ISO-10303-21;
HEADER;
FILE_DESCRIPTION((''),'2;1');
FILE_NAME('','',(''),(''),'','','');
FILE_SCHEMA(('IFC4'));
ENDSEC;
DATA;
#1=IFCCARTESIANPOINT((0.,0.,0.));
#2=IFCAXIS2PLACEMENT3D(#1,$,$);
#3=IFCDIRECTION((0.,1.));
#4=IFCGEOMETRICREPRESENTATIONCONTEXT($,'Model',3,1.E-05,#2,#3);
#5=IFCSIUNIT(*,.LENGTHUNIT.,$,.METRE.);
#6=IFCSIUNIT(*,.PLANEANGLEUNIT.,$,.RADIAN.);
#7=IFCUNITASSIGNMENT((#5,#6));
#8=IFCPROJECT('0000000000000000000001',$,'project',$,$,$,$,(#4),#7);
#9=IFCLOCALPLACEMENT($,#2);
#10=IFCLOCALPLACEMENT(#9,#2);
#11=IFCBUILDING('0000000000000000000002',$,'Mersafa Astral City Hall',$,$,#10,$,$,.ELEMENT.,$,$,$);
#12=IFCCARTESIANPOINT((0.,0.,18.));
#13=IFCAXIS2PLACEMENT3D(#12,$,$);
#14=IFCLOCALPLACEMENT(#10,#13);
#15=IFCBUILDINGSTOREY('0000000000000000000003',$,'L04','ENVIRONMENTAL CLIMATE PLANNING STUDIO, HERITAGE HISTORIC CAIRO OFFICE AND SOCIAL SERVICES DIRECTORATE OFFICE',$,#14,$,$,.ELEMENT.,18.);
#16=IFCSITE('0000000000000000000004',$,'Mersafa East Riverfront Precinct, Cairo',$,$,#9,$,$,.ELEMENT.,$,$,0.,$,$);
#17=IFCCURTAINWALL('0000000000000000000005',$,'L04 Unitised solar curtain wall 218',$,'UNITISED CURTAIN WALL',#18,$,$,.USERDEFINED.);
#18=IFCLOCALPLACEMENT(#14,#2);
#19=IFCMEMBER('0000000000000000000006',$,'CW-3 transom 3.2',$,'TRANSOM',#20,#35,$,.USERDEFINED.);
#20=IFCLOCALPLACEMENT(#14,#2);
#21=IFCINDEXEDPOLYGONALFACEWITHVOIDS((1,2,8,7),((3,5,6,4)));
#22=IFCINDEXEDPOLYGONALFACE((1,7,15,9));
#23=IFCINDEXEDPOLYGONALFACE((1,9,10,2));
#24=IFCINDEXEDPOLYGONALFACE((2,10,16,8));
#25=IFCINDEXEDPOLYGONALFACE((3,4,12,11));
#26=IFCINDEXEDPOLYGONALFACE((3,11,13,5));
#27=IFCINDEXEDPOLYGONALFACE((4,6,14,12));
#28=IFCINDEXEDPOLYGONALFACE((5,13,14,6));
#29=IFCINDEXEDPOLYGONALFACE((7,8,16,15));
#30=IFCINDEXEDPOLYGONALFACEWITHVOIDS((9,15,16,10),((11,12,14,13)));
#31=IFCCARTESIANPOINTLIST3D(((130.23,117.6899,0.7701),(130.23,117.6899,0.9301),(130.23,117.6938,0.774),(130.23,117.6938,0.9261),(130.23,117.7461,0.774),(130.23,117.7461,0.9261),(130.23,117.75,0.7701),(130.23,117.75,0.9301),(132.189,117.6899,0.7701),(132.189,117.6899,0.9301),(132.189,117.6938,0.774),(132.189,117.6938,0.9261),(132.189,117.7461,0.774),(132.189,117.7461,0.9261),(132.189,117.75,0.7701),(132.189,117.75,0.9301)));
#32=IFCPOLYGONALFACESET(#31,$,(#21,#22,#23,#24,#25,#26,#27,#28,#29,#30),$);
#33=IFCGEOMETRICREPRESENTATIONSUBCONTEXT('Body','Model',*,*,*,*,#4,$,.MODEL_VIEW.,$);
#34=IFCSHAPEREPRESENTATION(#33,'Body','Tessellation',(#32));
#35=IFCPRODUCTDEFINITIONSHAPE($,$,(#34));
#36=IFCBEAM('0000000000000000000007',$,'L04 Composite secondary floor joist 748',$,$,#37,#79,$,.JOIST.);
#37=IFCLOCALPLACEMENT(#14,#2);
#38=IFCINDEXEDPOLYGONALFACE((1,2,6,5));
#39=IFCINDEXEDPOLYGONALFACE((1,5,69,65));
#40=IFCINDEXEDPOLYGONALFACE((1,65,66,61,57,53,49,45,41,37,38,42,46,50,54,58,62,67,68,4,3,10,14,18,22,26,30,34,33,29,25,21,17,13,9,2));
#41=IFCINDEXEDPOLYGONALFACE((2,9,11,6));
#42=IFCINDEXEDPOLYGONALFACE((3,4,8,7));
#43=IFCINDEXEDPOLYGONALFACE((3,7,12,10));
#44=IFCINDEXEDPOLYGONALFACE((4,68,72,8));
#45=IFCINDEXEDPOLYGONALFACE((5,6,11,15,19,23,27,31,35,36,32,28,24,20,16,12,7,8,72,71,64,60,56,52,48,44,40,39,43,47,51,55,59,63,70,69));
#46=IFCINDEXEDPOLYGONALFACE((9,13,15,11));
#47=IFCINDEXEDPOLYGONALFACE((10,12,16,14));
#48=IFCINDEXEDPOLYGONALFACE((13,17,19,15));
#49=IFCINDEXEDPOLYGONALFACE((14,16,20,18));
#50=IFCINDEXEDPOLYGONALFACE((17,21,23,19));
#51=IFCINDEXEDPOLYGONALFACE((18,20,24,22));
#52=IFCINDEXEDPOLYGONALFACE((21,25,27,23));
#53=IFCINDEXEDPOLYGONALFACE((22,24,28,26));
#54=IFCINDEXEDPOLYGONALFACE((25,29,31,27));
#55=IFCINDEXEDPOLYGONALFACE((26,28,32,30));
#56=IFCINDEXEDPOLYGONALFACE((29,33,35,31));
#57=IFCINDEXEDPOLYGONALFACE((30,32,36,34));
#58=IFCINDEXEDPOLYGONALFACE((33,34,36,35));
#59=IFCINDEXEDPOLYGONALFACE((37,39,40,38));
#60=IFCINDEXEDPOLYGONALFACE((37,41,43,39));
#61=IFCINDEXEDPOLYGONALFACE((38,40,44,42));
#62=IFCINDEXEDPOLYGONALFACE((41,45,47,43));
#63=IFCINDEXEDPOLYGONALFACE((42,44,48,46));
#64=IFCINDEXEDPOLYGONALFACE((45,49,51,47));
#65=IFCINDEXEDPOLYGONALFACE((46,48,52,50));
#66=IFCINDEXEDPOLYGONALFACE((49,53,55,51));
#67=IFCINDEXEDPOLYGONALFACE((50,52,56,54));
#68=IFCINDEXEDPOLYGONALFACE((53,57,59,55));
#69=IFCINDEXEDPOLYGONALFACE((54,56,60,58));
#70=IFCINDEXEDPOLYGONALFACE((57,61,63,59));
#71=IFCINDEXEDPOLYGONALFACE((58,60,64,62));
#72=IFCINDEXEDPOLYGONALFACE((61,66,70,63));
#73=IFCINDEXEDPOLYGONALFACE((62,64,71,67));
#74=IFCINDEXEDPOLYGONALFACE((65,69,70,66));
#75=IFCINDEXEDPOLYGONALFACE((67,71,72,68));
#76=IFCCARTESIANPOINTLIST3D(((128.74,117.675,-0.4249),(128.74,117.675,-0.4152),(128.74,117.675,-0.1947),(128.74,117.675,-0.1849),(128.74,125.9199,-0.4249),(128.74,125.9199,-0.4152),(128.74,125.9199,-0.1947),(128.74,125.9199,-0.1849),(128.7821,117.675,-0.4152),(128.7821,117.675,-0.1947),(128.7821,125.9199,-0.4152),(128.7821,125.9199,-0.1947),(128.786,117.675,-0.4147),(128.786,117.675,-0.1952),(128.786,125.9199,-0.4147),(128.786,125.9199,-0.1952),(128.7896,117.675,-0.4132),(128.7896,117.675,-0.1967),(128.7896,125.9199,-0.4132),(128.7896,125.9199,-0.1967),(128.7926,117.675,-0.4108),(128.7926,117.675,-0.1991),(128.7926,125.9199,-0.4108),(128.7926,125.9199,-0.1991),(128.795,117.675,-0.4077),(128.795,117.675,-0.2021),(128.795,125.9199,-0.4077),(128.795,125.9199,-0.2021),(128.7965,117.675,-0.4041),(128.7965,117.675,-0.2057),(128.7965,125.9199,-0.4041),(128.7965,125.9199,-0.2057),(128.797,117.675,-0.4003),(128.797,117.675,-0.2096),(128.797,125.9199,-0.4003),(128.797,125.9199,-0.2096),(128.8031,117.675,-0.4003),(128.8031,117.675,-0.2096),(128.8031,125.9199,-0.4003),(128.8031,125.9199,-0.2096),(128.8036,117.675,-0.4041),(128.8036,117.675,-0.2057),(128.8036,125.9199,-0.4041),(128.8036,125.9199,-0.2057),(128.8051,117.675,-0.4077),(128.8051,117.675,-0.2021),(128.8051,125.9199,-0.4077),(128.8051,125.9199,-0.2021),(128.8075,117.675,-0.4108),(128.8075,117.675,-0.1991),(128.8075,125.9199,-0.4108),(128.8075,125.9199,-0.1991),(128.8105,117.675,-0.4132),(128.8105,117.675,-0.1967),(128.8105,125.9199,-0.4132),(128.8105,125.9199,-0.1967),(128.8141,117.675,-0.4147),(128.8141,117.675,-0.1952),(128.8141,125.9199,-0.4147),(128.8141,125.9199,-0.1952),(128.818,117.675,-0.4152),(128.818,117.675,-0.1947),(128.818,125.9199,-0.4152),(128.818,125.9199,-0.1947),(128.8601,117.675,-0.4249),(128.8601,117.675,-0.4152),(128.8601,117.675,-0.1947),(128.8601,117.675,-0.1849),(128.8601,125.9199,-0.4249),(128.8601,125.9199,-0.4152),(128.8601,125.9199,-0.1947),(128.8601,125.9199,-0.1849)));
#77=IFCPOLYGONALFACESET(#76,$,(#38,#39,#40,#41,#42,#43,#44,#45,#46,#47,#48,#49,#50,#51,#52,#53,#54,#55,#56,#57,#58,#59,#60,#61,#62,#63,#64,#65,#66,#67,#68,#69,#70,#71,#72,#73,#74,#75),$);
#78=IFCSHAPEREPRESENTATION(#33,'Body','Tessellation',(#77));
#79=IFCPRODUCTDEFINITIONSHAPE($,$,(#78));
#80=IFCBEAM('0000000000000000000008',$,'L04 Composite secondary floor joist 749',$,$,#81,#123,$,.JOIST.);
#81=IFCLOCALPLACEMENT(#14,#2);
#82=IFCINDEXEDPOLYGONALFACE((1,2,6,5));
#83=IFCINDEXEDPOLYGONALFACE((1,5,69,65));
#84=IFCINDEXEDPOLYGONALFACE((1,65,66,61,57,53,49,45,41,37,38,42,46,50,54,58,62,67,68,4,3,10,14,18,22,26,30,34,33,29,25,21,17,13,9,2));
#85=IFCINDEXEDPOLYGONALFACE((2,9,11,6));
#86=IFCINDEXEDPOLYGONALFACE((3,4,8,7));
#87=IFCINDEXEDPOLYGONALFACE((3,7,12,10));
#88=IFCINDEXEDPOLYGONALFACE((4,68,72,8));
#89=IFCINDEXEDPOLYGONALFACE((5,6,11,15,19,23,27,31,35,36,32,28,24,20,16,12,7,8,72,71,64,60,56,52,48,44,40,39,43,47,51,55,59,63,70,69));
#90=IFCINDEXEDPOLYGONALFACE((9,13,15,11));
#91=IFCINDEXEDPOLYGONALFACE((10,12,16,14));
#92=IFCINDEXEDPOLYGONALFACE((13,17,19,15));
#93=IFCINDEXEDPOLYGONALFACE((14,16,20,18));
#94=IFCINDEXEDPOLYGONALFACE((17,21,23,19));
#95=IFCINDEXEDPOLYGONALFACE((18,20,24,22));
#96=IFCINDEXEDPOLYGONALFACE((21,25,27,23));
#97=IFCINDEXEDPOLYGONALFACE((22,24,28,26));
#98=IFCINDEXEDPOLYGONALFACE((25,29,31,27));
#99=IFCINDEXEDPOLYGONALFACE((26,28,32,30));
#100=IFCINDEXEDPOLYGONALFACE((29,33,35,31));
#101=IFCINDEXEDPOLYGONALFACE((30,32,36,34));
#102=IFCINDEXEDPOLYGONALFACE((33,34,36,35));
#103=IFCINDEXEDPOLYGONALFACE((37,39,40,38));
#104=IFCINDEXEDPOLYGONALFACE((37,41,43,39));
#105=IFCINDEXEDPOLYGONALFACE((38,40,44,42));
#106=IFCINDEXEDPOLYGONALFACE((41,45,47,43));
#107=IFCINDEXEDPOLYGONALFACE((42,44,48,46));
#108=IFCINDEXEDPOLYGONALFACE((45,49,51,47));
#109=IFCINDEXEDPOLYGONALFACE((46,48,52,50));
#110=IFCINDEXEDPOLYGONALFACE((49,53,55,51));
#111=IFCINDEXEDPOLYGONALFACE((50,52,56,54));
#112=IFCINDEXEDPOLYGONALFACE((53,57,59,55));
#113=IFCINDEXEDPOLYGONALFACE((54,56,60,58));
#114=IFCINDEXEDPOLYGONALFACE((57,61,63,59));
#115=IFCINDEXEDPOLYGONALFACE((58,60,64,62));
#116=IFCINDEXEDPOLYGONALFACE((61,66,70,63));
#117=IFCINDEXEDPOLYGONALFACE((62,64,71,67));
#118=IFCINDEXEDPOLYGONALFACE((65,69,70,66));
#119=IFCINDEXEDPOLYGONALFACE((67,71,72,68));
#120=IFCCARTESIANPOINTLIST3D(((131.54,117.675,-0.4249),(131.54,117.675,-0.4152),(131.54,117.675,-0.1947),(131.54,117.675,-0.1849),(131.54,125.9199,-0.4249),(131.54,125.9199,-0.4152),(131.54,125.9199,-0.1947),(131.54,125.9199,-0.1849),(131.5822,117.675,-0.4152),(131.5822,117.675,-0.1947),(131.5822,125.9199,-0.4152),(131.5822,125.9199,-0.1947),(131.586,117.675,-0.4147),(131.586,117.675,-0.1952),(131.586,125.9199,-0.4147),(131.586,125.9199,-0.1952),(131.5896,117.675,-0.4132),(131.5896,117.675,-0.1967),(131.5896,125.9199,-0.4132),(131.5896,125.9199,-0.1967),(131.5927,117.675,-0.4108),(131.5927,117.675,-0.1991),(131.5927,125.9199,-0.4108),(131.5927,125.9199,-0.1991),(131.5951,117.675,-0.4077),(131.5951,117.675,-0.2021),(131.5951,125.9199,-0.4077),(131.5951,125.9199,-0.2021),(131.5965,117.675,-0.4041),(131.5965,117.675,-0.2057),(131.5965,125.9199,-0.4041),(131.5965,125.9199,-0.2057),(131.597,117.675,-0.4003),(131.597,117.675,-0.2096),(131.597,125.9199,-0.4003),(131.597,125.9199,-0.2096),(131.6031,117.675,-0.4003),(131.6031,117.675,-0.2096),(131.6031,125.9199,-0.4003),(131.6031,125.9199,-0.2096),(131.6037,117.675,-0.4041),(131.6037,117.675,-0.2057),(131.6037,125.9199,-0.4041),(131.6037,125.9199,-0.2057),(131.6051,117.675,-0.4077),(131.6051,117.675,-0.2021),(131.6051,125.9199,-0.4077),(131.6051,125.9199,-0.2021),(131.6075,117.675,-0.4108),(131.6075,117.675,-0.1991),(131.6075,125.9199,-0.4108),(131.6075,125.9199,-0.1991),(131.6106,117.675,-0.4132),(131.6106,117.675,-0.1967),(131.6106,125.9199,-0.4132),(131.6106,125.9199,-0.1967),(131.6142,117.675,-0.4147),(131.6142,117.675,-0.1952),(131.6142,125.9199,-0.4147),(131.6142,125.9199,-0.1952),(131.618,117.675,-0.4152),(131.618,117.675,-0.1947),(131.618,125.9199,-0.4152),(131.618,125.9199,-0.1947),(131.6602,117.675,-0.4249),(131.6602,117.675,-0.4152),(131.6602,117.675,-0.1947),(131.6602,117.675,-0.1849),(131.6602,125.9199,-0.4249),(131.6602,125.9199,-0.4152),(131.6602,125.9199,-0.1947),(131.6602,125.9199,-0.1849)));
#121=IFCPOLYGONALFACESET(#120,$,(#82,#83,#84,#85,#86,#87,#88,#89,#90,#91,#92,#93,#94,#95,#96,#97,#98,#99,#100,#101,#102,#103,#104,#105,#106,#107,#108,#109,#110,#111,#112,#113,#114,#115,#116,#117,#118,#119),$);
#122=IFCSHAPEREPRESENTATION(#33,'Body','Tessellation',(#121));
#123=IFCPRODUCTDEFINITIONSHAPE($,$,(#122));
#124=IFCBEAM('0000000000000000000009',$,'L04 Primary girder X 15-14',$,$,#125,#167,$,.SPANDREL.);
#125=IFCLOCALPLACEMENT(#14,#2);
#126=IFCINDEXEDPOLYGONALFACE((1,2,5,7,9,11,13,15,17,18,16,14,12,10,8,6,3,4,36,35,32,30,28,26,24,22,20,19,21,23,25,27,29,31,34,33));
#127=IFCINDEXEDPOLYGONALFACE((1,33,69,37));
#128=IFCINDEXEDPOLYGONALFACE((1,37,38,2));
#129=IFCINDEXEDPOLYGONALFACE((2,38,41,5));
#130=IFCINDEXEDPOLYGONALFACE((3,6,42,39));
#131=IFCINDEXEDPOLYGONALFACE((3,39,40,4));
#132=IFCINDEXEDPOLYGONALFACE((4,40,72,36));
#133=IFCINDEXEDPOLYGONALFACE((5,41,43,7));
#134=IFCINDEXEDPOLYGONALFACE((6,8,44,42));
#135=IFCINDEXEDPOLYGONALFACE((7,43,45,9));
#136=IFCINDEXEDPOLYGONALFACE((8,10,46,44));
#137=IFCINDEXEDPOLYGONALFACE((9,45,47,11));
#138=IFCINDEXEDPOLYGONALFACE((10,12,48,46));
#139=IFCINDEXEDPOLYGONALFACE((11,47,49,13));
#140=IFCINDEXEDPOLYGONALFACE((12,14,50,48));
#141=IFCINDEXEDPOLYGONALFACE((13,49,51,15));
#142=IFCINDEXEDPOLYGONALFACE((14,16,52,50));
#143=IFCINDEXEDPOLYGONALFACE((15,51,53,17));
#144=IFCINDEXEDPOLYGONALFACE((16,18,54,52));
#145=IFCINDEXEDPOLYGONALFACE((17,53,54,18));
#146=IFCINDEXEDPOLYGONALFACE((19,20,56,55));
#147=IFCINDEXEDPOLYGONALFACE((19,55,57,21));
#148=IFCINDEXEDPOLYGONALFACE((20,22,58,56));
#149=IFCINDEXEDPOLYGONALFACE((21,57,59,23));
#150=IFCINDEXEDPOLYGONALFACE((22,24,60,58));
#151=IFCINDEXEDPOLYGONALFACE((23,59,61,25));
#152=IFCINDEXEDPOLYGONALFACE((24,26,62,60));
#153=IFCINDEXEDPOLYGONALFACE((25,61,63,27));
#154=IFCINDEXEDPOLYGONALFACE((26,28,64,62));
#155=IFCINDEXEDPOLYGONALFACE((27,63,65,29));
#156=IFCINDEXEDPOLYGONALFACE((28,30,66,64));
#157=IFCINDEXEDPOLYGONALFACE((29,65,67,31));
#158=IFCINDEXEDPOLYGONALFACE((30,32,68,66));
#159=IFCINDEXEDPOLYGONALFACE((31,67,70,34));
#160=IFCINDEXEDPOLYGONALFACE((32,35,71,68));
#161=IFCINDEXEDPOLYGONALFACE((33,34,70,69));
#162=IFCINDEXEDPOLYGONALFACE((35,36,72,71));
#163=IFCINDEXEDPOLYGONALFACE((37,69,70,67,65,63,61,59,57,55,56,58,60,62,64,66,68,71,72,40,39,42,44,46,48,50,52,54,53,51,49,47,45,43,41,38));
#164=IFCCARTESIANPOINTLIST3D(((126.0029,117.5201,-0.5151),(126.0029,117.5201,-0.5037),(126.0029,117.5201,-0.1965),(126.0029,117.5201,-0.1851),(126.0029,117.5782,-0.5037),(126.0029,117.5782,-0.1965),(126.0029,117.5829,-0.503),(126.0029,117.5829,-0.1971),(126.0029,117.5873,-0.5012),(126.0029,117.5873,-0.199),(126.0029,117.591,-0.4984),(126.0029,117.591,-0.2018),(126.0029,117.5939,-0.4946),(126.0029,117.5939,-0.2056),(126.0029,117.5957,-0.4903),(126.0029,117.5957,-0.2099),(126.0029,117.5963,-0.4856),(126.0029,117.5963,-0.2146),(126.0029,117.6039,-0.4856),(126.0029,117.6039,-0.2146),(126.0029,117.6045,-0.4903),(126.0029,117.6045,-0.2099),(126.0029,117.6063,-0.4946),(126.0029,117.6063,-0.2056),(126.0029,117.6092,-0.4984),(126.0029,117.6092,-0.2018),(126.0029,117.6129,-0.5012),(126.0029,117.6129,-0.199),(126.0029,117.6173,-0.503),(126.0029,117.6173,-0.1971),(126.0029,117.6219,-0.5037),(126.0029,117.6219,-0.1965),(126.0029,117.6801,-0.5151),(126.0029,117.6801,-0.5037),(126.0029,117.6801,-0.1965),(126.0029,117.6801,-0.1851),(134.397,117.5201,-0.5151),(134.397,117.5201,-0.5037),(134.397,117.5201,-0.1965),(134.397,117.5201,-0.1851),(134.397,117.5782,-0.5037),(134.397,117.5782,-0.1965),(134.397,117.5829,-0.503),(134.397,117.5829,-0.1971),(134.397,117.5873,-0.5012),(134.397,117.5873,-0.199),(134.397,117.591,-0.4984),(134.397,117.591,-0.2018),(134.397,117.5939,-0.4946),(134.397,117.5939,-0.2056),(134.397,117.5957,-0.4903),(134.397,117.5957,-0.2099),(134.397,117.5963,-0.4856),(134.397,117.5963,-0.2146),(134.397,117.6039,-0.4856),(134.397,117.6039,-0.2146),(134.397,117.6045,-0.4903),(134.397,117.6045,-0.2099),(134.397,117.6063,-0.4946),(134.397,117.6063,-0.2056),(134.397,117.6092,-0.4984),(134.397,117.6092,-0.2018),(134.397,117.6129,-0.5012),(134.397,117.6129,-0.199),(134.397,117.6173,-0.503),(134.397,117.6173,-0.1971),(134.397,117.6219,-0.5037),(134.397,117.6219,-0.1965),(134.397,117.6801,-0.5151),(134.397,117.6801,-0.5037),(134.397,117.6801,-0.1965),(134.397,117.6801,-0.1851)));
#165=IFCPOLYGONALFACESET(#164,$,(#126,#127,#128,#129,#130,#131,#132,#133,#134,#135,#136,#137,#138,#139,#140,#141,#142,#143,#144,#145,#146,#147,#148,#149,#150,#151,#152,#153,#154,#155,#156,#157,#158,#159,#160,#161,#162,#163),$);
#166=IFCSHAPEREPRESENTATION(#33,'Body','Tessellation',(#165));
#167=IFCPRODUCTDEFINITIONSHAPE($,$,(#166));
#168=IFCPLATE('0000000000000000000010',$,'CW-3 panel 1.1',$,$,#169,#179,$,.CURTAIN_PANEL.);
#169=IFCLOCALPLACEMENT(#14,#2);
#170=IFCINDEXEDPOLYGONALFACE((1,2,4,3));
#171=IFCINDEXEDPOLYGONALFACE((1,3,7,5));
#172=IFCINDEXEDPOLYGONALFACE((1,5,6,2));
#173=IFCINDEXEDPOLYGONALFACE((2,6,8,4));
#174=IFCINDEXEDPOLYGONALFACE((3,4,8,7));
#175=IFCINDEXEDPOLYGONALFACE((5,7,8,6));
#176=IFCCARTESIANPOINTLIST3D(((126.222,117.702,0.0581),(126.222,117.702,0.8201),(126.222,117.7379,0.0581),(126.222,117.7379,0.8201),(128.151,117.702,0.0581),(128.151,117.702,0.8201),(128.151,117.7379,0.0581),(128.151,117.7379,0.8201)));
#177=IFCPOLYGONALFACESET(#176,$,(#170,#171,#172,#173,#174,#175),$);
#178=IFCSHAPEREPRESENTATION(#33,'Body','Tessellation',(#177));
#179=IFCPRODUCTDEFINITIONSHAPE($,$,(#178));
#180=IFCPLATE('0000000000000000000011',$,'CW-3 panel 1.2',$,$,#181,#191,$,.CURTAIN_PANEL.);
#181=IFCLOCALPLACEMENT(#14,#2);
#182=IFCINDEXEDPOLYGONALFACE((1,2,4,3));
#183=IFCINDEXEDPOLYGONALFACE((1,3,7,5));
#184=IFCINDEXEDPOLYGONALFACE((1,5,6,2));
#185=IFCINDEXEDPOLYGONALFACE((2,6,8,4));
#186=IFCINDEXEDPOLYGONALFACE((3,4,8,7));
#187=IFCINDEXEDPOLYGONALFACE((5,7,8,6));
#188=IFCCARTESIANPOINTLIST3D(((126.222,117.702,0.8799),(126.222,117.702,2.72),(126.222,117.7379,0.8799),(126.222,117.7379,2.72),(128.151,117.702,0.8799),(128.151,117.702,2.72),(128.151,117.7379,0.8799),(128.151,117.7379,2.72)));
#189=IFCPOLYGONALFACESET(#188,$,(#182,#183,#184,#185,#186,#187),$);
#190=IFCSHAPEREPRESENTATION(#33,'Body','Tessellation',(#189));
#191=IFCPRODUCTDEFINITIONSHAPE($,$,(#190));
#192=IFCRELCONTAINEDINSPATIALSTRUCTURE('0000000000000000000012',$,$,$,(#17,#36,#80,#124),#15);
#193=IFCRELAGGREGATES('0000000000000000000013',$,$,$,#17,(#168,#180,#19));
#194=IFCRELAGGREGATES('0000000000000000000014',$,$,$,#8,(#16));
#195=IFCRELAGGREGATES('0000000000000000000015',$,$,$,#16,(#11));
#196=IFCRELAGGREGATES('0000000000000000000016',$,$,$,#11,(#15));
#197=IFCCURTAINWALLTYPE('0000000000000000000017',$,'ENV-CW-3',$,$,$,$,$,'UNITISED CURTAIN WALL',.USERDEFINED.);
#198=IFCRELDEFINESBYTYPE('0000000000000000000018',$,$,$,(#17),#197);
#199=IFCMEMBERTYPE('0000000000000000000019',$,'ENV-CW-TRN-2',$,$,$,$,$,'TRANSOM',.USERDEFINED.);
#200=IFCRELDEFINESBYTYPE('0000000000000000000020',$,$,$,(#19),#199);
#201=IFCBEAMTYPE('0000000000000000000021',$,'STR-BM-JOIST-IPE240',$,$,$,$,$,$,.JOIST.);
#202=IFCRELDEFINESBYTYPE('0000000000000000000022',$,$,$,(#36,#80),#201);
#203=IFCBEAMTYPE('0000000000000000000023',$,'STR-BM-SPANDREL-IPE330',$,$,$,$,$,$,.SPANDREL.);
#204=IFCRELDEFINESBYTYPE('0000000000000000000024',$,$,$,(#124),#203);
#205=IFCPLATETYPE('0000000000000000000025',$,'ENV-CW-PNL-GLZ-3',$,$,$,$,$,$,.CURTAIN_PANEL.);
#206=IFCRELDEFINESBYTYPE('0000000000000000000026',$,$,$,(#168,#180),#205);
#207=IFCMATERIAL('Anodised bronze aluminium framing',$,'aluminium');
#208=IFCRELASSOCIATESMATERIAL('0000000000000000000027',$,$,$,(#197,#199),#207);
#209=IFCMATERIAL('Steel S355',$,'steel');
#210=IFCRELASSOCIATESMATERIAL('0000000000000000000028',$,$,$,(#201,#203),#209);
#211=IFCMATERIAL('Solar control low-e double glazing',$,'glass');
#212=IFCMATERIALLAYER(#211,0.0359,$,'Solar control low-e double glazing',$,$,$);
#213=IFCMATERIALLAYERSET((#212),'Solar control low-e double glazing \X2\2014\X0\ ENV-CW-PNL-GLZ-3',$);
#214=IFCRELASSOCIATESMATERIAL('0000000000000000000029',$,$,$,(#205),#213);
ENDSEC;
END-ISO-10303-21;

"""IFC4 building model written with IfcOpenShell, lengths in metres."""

from ifc_helpers import new_model, si_unit, direction, frame, origin, origin_2d, place, context, subcontext, project, spatial, rectangle, hollow_rectangle, i_section, extrude, material, layer, layer_set, material_profile, profile_set, type_object, element, aggregate, save


model = new_model("IFC4")

# Units and contexts
model_context = context("Model", 3, precision=1e-05, world=origin(), true_north=direction((0.0, 1.0)))
body_context = subcontext(model_context, "Body", "Model", "MODEL_VIEW")
ifc_project = project(units=[si_unit("LENGTHUNIT", "METRE"), si_unit("PLANEANGLEUNIT", "RADIAN")], contexts=[model_context])

# Site, building, storey
site_placement = place(None, origin())
site = spatial("IfcSite", under=ifc_project, at=site_placement, Name="Mersafa East Riverfront Precinct, Cairo", CompositionType="ELEMENT", RefElevation=0.0)
building_placement = place(site_placement, origin())
building = spatial("IfcBuilding", under=site, at=building_placement, Name="Mersafa Astral City Hall", CompositionType="ELEMENT")
storey_placement = place(building_placement, frame((0.0, 0.0, 18.0)))
storey = spatial("IfcBuildingStorey", under=building, at=storey_placement, Name="L04", Description="ENVIRONMENTAL CLIMATE PLANNING STUDIO, HERITAGE HISTORIC CAIRO OFFICE AND SOCIAL SERVICES DIRECTORATE OFFICE", CompositionType="ELEMENT", Elevation=18.0)

# Shared definitions
ifc_material_1 = material(Name="Steel S355", Category="steel")

# Curtain wall, member
ifc_material_2 = material(Name="Anodised bronze aluminium framing", Category="aluminium")
curtain_wall_type = type_object("IfcCurtainWallType", Name="ENV-CW-3", ElementType="UNITISED CURTAIN WALL", PredefinedType="USERDEFINED", material=ifc_material_2)
curtain_wall_placement = place(storey_placement, origin())
curtain_wall = element("IfcCurtainWall", 1, at=curtain_wall_placement, inside=storey, type_object=curtain_wall_type, Name="L04 Unitised solar curtain wall 218", ObjectType="UNITISED CURTAIN WALL", PredefinedType="USERDEFINED")
ifc_material_profile_1 = material_profile(ifc_material_2, hollow_rectangle(XDim=0.0601, YDim=0.1599, WallThickness=0.0039, at=origin_2d()), Name="RHS 60x160x4")
ifc_profile_set_1 = profile_set([ifc_material_profile_1], Name="Anodised bronze aluminium framing")
member_type_1 = type_object("IfcMemberType", Name="ENV-CW-TRN-2", ElementType="TRANSOM", PredefinedType="USERDEFINED", material=ifc_profile_set_1)
member_1_placement = place(storey_placement, frame((130.23, 117.72, 0.8501), z_axis=(1.0, 0.0, 0.0), x_axis=(0.0, 1.0, 0.0)))
member_1 = element("IfcMember", 2, at=member_1_placement, type_object=member_type_1, Name="CW-3 transom 3.2", ObjectType="TRANSOM", PredefinedType="USERDEFINED", context=body_context, shape_type="SweptSolid", body=[
    extrude(hollow_rectangle(XDim=0.0601, YDim=0.1599, WallThickness=0.0039, at=origin_2d()), origin(), (0.0, 0.0, 1.0), 1.959),
])

# Beams
ifc_material_profile_2 = material_profile(ifc_material_1, i_section(OverallWidth=0.1201, OverallDepth=0.24, WebThickness=0.0061, FlangeThickness=0.0098, FilletRadius=0.0149, at=origin_2d()), Name="IPE 240")
ifc_profile_set_2 = profile_set([ifc_material_profile_2], Name="Steel S355")
beam_type_1 = type_object("IfcBeamType", Name="STR-BM-JOIST-IPE240", PredefinedType="JOIST", material=ifc_profile_set_2)
for number, where, z_axis, x_axis, name in (
    (3, (128.8, 117.675, -0.3049), (0.0, 1.0, 0.0), (-1.0, 0.0, 0.0), "L04 Composite secondary floor joist 748"),
    (4, (131.6001, 117.675, -0.3049), (0.0, 1.0, 0.0), (-1.0, 0.0, 0.0), "L04 Composite secondary floor joist 749"),
):
    element("IfcBeam", number, at=place(storey_placement, frame(where, z_axis=z_axis, x_axis=x_axis)), inside=storey, type_object=beam_type_1, Name=name, PredefinedType="JOIST", context=body_context, shape_type="SweptSolid", body=[
        extrude(i_section(OverallWidth=0.1201, OverallDepth=0.24, WebThickness=0.0061, FlangeThickness=0.0098, FilletRadius=0.0149, at=origin_2d()), origin(), (0.0, 0.0, 1.0), 8.2449),
    ])
ifc_material_profile_3 = material_profile(ifc_material_1, i_section(OverallWidth=0.1599, OverallDepth=0.3301, WebThickness=0.0076, FlangeThickness=0.0115, FilletRadius=0.0181, at=origin_2d()), Name="IPE 330")
ifc_profile_set_3 = profile_set([ifc_material_profile_3], Name="Steel S355")
beam_type_2 = type_object("IfcBeamType", Name="STR-BM-SPANDREL-IPE330", PredefinedType="SPANDREL", material=ifc_profile_set_3)
beam_placement = place(storey_placement, frame((126.0029, 117.6001, -0.3501), z_axis=(1.0, 0.0, 0.0), x_axis=(0.0, 1.0, 0.0)))
element("IfcBeam", 5, at=beam_placement, inside=storey, type_object=beam_type_2, Name="L04 Primary girder X 15-14", PredefinedType="SPANDREL", context=body_context, shape_type="SweptSolid", body=[
    extrude(i_section(OverallWidth=0.1599, OverallDepth=0.3301, WebThickness=0.0076, FlangeThickness=0.0115, FilletRadius=0.0181, at=origin_2d()), origin(), (0.0, 0.0, 1.0), 8.394),
])

# Plates
ifc_material_3 = material(Name="Solar control low-e double glazing", Category="glass")
ifc_layer = layer(ifc_material_3, 0.0359, Name="Solar control low-e double glazing")
ifc_layer_set = layer_set([ifc_layer], Name="Solar control low-e double glazing — ENV-CW-PNL-GLZ-3")
plate_type = type_object("IfcPlateType", Name="ENV-CW-PNL-GLZ-3", PredefinedType="CURTAIN_PANEL", material=ifc_layer_set)
plate_1_placement = place(storey_placement, frame((127.1865, 117.72, 0.0581), z_axis=(0.0, 0.0, 1.0), x_axis=(1.0, 0.0, 0.0)))
plate_1 = element("IfcPlate", 6, at=plate_1_placement, type_object=plate_type, Name="CW-3 panel 1.1", PredefinedType="CURTAIN_PANEL", context=body_context, shape_type="SweptSolid", body=[
    extrude(rectangle(XDim=1.929, YDim=0.0359, at=origin_2d()), origin(), (0.0, 0.0, 1.0), 0.762),
])
plate_2_placement = place(storey_placement, frame((127.1865, 117.72, 0.8799), z_axis=(0.0, 0.0, 1.0), x_axis=(1.0, 0.0, 0.0)))
plate_2 = element("IfcPlate", 7, at=plate_2_placement, type_object=plate_type, Name="CW-3 panel 1.2", PredefinedType="CURTAIN_PANEL", context=body_context, shape_type="SweptSolid", body=[
    extrude(rectangle(XDim=1.929, YDim=0.0359, at=origin_2d()), origin(), (0.0, 0.0, 1.0), 1.8401),
])
aggregate(curtain_wall, [plate_1, plate_2, member_1])

save(model, "model.ifc")
